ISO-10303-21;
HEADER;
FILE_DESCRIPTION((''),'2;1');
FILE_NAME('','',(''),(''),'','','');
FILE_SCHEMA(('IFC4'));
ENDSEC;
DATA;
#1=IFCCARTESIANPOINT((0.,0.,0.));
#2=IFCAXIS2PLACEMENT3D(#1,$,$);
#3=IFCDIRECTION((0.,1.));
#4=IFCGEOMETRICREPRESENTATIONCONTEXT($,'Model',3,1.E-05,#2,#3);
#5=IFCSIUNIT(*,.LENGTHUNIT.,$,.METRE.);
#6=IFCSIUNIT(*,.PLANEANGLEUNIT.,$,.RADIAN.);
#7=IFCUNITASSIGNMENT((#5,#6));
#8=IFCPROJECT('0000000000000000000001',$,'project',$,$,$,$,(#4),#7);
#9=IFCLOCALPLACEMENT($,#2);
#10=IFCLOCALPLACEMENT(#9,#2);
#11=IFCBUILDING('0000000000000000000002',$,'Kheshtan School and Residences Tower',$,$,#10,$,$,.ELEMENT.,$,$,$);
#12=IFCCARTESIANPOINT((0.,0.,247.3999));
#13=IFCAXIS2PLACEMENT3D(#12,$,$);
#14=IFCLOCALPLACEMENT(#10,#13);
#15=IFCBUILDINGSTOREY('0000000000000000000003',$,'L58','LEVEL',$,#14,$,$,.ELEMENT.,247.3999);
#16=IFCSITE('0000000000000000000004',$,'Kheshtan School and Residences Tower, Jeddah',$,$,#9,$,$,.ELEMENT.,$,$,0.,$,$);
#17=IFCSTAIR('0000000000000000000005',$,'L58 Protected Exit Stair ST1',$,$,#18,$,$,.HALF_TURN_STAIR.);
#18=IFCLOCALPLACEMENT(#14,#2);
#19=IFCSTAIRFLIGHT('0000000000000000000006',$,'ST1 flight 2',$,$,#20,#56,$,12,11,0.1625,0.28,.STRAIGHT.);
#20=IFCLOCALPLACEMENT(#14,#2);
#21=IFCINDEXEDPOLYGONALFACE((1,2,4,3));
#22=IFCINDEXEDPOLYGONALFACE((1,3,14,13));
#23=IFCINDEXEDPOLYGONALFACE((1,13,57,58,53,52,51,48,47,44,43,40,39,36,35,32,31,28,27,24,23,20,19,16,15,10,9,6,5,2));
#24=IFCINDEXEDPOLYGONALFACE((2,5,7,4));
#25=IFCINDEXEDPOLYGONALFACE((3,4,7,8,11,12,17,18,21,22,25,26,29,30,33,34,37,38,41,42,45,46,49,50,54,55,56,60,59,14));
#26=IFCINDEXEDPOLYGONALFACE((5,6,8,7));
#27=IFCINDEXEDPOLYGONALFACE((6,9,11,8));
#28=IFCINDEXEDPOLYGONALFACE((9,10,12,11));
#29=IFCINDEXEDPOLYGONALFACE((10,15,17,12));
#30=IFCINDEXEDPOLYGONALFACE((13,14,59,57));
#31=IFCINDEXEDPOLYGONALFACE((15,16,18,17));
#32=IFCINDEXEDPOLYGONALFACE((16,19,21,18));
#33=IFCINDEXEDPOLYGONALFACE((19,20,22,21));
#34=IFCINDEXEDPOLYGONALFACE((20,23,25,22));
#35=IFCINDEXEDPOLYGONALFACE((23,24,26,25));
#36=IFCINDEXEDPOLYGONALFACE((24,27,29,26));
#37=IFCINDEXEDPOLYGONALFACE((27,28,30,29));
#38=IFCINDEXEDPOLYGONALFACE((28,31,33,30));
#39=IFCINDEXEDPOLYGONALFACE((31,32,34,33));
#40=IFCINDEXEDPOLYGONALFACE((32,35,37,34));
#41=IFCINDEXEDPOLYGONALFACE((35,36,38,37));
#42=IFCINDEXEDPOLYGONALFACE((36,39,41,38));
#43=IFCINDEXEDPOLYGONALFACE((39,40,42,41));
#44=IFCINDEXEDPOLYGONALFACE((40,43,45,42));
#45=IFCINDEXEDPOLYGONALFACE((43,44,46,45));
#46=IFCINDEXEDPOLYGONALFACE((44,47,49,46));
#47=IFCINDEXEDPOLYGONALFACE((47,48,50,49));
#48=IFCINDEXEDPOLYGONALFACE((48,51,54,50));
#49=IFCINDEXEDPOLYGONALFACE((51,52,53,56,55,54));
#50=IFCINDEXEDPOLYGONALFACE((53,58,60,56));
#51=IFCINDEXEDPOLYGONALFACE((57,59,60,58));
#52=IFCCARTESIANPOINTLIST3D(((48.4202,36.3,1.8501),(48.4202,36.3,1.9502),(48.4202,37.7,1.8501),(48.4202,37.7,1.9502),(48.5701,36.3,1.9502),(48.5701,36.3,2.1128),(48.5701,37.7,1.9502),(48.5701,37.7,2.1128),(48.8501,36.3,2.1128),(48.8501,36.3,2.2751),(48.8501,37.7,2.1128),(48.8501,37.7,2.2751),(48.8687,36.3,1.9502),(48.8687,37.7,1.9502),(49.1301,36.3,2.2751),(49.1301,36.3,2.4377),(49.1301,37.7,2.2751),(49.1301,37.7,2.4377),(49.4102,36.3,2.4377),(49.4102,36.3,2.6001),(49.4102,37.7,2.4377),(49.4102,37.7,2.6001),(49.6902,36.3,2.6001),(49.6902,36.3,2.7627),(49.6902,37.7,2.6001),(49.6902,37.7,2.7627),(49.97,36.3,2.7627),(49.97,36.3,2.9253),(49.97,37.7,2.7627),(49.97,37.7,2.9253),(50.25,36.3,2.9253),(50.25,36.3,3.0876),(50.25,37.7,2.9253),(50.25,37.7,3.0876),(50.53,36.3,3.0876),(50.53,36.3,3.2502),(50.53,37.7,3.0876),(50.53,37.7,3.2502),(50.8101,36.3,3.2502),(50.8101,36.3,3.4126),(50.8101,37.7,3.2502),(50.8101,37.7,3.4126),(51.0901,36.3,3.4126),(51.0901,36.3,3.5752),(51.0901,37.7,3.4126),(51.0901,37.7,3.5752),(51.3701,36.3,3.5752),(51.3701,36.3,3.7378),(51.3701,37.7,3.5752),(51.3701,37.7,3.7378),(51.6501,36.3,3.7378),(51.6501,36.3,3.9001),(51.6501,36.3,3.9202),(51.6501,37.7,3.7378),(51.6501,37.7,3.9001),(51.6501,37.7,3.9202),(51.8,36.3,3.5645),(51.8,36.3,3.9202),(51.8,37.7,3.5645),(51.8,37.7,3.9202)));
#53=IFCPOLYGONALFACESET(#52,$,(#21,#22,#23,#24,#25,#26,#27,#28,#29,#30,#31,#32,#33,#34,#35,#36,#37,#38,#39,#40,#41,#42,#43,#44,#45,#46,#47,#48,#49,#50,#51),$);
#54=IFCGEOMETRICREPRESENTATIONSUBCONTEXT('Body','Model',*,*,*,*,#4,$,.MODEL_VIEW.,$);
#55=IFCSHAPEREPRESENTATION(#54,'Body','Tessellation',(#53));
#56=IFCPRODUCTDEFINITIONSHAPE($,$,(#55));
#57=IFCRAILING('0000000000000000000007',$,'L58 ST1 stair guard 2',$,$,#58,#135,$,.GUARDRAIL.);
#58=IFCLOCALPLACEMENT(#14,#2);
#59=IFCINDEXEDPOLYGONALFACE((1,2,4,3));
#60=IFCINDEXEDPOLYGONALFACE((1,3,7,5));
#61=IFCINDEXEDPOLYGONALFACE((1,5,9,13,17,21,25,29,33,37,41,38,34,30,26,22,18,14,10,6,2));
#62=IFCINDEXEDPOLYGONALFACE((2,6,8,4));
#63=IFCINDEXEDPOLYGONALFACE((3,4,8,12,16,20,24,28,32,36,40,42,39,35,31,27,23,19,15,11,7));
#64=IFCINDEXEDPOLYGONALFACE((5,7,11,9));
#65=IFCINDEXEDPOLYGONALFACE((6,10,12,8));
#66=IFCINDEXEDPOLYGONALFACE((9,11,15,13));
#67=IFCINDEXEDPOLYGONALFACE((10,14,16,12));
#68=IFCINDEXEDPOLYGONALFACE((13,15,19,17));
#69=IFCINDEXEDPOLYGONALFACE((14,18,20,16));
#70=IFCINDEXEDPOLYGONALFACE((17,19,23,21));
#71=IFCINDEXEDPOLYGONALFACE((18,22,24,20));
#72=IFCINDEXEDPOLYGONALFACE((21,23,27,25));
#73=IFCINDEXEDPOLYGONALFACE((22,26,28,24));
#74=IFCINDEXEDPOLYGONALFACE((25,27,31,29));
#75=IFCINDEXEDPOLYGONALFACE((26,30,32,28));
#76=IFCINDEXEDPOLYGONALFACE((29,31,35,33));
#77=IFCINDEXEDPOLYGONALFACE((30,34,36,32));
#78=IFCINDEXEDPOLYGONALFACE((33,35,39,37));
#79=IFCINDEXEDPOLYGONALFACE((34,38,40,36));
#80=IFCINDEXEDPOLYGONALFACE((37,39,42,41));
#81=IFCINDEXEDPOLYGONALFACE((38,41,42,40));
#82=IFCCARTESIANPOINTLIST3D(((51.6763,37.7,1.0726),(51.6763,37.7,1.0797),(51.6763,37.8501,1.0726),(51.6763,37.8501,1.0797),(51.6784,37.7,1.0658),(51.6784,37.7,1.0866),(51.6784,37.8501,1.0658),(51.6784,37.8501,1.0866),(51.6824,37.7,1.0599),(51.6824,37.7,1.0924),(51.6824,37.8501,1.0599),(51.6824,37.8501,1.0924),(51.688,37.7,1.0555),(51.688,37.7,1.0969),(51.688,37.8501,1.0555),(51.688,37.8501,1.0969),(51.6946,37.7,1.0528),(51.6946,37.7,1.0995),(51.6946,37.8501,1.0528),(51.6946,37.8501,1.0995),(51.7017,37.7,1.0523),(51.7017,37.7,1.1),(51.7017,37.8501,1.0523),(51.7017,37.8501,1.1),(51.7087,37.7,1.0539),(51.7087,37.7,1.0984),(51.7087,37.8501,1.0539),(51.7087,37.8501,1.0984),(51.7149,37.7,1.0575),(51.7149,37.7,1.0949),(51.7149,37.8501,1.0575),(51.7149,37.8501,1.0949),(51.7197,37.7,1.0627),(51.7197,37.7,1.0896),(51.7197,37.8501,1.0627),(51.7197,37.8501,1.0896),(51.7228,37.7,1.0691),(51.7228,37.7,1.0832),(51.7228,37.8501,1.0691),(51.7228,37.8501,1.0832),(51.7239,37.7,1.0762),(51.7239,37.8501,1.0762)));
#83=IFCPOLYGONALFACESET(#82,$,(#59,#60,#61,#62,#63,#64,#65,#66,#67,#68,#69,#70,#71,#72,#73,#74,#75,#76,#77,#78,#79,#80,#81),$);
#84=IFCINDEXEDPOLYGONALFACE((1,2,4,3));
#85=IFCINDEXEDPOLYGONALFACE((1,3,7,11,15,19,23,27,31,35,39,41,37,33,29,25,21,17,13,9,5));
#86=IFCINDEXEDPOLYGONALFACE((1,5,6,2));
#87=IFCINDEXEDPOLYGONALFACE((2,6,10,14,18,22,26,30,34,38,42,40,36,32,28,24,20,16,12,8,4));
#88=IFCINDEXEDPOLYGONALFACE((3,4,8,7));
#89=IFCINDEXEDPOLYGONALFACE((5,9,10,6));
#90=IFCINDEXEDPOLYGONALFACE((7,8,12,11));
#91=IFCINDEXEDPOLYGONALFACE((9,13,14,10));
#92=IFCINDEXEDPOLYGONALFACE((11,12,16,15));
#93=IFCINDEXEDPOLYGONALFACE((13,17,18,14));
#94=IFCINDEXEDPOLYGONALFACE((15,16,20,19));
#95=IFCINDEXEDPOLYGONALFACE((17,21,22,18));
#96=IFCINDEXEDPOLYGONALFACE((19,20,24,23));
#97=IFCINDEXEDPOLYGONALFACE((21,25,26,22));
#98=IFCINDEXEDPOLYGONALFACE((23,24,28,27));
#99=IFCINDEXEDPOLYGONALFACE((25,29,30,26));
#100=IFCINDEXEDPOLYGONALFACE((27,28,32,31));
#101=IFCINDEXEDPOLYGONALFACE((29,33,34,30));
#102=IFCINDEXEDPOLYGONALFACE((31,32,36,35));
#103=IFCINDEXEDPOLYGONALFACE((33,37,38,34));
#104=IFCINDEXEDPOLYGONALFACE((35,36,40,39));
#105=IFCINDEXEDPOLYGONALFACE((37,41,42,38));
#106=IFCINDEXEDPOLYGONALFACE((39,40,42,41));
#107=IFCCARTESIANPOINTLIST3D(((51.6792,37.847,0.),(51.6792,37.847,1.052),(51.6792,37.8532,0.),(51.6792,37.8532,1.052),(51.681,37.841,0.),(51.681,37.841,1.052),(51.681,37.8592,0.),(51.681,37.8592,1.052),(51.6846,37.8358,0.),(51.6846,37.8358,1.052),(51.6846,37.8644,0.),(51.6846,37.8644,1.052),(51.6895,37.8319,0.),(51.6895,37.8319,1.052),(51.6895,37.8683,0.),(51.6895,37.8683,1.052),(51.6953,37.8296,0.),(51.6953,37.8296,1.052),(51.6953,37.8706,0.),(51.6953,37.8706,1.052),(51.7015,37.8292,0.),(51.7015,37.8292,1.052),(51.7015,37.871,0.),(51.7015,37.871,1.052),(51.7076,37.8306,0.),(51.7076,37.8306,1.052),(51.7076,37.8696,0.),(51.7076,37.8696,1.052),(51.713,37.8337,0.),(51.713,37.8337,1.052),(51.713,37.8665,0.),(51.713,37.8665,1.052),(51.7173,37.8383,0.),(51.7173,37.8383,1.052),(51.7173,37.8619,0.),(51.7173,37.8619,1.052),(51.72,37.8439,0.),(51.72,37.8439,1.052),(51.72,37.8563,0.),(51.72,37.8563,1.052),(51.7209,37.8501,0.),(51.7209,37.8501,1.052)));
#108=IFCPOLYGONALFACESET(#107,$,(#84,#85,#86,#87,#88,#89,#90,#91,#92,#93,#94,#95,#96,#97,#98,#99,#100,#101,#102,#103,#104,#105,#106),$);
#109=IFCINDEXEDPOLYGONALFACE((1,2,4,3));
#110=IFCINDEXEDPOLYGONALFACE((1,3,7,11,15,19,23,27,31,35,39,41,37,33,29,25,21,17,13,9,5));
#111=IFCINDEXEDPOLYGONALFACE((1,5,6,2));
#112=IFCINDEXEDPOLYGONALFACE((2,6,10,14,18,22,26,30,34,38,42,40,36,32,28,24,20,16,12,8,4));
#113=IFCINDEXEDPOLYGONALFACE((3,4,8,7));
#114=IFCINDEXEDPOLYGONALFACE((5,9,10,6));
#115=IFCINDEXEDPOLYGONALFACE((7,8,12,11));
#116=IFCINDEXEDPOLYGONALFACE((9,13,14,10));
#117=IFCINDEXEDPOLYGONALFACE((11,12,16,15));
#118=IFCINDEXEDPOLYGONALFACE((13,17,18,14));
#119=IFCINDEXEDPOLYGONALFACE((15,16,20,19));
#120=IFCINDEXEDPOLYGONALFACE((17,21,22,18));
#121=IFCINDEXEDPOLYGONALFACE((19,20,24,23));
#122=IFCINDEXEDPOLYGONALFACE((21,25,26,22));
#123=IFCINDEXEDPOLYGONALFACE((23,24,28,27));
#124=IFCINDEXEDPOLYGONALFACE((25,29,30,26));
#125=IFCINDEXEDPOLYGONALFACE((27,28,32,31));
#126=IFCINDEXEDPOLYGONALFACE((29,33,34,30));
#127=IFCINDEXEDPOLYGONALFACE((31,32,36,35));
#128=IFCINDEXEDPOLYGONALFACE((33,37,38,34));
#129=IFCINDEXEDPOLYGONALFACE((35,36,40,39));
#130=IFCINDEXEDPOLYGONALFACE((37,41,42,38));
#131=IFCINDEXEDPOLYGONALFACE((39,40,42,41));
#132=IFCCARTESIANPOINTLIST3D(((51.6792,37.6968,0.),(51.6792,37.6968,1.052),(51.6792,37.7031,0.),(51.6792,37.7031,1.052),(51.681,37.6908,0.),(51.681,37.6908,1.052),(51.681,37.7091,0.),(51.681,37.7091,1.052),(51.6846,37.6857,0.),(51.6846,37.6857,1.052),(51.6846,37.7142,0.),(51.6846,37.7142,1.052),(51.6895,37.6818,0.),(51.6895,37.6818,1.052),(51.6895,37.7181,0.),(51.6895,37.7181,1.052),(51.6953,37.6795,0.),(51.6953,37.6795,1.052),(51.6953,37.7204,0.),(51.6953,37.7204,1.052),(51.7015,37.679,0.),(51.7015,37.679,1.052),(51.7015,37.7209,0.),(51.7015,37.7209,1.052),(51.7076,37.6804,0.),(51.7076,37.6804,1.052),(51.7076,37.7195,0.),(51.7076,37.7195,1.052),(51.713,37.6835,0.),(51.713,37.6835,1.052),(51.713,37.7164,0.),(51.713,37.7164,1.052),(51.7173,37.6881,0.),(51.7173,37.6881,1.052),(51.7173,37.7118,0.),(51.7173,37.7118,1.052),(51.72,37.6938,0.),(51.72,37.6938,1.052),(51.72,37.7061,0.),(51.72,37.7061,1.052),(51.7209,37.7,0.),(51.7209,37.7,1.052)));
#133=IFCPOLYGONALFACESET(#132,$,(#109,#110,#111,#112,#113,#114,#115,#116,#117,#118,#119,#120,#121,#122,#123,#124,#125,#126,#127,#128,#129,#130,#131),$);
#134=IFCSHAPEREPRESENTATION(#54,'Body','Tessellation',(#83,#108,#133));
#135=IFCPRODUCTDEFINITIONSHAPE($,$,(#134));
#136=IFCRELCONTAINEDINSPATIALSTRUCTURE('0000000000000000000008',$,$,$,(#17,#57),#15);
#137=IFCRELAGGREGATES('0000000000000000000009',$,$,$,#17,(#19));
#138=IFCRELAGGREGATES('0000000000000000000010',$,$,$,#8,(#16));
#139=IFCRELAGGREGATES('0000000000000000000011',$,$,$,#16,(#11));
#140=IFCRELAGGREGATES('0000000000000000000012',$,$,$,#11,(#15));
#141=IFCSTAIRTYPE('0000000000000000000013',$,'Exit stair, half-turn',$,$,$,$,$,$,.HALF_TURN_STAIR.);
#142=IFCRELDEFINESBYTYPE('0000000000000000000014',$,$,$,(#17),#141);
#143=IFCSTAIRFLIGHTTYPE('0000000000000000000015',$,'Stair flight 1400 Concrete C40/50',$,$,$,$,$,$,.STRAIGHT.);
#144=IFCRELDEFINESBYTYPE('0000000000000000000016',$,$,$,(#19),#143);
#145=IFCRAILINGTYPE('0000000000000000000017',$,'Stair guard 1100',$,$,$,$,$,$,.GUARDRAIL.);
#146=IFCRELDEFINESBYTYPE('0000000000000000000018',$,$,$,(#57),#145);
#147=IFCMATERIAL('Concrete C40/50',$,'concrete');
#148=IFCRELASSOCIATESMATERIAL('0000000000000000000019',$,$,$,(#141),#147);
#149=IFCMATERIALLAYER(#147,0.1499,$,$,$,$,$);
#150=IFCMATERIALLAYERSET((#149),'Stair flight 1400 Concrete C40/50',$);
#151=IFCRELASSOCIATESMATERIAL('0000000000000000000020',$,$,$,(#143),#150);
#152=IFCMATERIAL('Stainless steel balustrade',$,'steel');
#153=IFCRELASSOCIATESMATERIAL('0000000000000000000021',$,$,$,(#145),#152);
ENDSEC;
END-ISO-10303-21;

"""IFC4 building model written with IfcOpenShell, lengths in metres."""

from ifc_helpers import new_model, si_unit, direction, frame, origin, origin_2d, place, context, subcontext, project, spatial, polyline, circle, outline, extrude, material, layer, layer_set, type_object, element, aggregate, save


model = new_model("IFC4")

# Units and contexts
model_context = context("Model", 3, precision=1e-05, world=origin(), true_north=direction((0.0, 1.0)))
body_context = subcontext(model_context, "Body", "Model", "MODEL_VIEW")
ifc_project = project(units=[si_unit("LENGTHUNIT", "METRE"), si_unit("PLANEANGLEUNIT", "RADIAN")], contexts=[model_context])

# Site, building, storey
site_placement = place(None, origin())
site = spatial("IfcSite", under=ifc_project, at=site_placement, Name="Kheshtan School and Residences Tower, Jeddah", CompositionType="ELEMENT", RefElevation=0.0)
building_placement = place(site_placement, origin())
building = spatial("IfcBuilding", under=site, at=building_placement, Name="Kheshtan School and Residences Tower", CompositionType="ELEMENT")
storey_placement = place(building_placement, frame((0.0, 0.0, 247.3999)))
storey = spatial("IfcBuildingStorey", under=building, at=storey_placement, Name="L58", Description="LEVEL", CompositionType="ELEMENT", Elevation=247.3999)

# Shared definitions
ifc_material_1 = material(Name="Concrete C40/50", Category="concrete")

# Stair, stair flight
stair_type = type_object("IfcStairType", Name="Exit stair, half-turn", PredefinedType="HALF_TURN_STAIR", material=ifc_material_1)
stair_placement = place(storey_placement, origin())
stair = element("IfcStair", 1, at=stair_placement, inside=storey, type_object=stair_type, Name="L58 Protected Exit Stair ST1", PredefinedType="HALF_TURN_STAIR")
ifc_layer_1 = layer(ifc_material_1, 0.1499)
ifc_layer_set_1 = layer_set([ifc_layer_1], Name="Stair flight 1400 Concrete C40/50")
stair_flight_type = type_object("IfcStairFlightType", Name="Stair flight 1400 Concrete C40/50", PredefinedType="STRAIGHT", material=ifc_layer_set_1)
stair_flight_1_placement = place(storey_placement, frame((48.5701, 37.0, 1.9502), z_axis=(0.0, 0.0, 1.0), x_axis=(1.0, 0.0, 0.0)))
stair_flight_1 = element("IfcStairFlight", 2, at=stair_flight_1_placement, type_object=stair_flight_type, Name="ST1 flight 2", NumberOfRisers=12, NumberOfTreads=11, PredefinedType="STRAIGHT", RiserHeight=0.1625, TreadLength=0.28, context=body_context, shape_type="SweptSolid", body=[
    extrude(outline(polyline([(-0.1499, -0.1001), (-0.1499, 0.0), (0.0, 0.0), (0.0, 0.1626), (0.28, 0.1626), (0.28, 0.325), (0.5601, 0.325), (0.5601, 0.4875), (0.8401, 0.4875), (0.8401, 0.6499), (1.1201, 0.6499), (1.1201, 0.8125), (1.3999, 0.8125), (1.3999, 0.9751), (1.6799, 0.9751), (1.6799, 1.1375), (1.96, 1.1375), (1.96, 1.3), (2.24, 1.3), (2.24, 1.4624), (2.52, 1.4624), (2.52, 1.625), (2.8, 1.625), (2.8, 1.7876), (3.0801, 1.7876), (3.0801, 1.95), (3.0801, 1.97), (3.23, 1.97), (3.23, 1.6143), (0.2986, 0.0), (-0.1499, -0.1001)])), frame((0.0, 0.7, 0.0), z_axis=(0.0, -1.0, 0.0), x_axis=(1.0, 0.0, 0.0)), (0.0, 0.0, 1.0), 1.3999),
])
aggregate(stair, [stair_flight_1])

# Railing
ifc_material_2 = material(Name="Stainless steel balustrade", Category="steel")
railing_type_1 = type_object("IfcRailingType", Name="Stair guard 1100", PredefinedType="GUARDRAIL", material=ifc_material_2)
railing_1_placement = place(storey_placement, frame((51.7, 37.8501, 0.0)))
element("IfcRailing", 3, at=railing_1_placement, inside=storey, type_object=railing_type_1, Name="L58 ST1 stair guard 2", PredefinedType="GUARDRAIL", context=body_context, shape_type="SweptSolid", body=[
    extrude(circle(Radius=0.0239, at=origin_2d()), frame((0.0, 0.0, 1.0762), z_axis=(0.0, -1.0, 0.0), x_axis=(1.0, 0.0, 0.0)), (0.0, 0.0, 1.0), 0.1501),
    extrude(circle(Radius=0.021, at=origin_2d()), origin(), (0.0, 0.0, 1.0), 1.052),
    extrude(circle(Radius=0.021, at=origin_2d()), frame((0.0, -0.1501, 0.0)), (0.0, 0.0, 1.0), 1.052),
])

save(model, "model.ifc")
